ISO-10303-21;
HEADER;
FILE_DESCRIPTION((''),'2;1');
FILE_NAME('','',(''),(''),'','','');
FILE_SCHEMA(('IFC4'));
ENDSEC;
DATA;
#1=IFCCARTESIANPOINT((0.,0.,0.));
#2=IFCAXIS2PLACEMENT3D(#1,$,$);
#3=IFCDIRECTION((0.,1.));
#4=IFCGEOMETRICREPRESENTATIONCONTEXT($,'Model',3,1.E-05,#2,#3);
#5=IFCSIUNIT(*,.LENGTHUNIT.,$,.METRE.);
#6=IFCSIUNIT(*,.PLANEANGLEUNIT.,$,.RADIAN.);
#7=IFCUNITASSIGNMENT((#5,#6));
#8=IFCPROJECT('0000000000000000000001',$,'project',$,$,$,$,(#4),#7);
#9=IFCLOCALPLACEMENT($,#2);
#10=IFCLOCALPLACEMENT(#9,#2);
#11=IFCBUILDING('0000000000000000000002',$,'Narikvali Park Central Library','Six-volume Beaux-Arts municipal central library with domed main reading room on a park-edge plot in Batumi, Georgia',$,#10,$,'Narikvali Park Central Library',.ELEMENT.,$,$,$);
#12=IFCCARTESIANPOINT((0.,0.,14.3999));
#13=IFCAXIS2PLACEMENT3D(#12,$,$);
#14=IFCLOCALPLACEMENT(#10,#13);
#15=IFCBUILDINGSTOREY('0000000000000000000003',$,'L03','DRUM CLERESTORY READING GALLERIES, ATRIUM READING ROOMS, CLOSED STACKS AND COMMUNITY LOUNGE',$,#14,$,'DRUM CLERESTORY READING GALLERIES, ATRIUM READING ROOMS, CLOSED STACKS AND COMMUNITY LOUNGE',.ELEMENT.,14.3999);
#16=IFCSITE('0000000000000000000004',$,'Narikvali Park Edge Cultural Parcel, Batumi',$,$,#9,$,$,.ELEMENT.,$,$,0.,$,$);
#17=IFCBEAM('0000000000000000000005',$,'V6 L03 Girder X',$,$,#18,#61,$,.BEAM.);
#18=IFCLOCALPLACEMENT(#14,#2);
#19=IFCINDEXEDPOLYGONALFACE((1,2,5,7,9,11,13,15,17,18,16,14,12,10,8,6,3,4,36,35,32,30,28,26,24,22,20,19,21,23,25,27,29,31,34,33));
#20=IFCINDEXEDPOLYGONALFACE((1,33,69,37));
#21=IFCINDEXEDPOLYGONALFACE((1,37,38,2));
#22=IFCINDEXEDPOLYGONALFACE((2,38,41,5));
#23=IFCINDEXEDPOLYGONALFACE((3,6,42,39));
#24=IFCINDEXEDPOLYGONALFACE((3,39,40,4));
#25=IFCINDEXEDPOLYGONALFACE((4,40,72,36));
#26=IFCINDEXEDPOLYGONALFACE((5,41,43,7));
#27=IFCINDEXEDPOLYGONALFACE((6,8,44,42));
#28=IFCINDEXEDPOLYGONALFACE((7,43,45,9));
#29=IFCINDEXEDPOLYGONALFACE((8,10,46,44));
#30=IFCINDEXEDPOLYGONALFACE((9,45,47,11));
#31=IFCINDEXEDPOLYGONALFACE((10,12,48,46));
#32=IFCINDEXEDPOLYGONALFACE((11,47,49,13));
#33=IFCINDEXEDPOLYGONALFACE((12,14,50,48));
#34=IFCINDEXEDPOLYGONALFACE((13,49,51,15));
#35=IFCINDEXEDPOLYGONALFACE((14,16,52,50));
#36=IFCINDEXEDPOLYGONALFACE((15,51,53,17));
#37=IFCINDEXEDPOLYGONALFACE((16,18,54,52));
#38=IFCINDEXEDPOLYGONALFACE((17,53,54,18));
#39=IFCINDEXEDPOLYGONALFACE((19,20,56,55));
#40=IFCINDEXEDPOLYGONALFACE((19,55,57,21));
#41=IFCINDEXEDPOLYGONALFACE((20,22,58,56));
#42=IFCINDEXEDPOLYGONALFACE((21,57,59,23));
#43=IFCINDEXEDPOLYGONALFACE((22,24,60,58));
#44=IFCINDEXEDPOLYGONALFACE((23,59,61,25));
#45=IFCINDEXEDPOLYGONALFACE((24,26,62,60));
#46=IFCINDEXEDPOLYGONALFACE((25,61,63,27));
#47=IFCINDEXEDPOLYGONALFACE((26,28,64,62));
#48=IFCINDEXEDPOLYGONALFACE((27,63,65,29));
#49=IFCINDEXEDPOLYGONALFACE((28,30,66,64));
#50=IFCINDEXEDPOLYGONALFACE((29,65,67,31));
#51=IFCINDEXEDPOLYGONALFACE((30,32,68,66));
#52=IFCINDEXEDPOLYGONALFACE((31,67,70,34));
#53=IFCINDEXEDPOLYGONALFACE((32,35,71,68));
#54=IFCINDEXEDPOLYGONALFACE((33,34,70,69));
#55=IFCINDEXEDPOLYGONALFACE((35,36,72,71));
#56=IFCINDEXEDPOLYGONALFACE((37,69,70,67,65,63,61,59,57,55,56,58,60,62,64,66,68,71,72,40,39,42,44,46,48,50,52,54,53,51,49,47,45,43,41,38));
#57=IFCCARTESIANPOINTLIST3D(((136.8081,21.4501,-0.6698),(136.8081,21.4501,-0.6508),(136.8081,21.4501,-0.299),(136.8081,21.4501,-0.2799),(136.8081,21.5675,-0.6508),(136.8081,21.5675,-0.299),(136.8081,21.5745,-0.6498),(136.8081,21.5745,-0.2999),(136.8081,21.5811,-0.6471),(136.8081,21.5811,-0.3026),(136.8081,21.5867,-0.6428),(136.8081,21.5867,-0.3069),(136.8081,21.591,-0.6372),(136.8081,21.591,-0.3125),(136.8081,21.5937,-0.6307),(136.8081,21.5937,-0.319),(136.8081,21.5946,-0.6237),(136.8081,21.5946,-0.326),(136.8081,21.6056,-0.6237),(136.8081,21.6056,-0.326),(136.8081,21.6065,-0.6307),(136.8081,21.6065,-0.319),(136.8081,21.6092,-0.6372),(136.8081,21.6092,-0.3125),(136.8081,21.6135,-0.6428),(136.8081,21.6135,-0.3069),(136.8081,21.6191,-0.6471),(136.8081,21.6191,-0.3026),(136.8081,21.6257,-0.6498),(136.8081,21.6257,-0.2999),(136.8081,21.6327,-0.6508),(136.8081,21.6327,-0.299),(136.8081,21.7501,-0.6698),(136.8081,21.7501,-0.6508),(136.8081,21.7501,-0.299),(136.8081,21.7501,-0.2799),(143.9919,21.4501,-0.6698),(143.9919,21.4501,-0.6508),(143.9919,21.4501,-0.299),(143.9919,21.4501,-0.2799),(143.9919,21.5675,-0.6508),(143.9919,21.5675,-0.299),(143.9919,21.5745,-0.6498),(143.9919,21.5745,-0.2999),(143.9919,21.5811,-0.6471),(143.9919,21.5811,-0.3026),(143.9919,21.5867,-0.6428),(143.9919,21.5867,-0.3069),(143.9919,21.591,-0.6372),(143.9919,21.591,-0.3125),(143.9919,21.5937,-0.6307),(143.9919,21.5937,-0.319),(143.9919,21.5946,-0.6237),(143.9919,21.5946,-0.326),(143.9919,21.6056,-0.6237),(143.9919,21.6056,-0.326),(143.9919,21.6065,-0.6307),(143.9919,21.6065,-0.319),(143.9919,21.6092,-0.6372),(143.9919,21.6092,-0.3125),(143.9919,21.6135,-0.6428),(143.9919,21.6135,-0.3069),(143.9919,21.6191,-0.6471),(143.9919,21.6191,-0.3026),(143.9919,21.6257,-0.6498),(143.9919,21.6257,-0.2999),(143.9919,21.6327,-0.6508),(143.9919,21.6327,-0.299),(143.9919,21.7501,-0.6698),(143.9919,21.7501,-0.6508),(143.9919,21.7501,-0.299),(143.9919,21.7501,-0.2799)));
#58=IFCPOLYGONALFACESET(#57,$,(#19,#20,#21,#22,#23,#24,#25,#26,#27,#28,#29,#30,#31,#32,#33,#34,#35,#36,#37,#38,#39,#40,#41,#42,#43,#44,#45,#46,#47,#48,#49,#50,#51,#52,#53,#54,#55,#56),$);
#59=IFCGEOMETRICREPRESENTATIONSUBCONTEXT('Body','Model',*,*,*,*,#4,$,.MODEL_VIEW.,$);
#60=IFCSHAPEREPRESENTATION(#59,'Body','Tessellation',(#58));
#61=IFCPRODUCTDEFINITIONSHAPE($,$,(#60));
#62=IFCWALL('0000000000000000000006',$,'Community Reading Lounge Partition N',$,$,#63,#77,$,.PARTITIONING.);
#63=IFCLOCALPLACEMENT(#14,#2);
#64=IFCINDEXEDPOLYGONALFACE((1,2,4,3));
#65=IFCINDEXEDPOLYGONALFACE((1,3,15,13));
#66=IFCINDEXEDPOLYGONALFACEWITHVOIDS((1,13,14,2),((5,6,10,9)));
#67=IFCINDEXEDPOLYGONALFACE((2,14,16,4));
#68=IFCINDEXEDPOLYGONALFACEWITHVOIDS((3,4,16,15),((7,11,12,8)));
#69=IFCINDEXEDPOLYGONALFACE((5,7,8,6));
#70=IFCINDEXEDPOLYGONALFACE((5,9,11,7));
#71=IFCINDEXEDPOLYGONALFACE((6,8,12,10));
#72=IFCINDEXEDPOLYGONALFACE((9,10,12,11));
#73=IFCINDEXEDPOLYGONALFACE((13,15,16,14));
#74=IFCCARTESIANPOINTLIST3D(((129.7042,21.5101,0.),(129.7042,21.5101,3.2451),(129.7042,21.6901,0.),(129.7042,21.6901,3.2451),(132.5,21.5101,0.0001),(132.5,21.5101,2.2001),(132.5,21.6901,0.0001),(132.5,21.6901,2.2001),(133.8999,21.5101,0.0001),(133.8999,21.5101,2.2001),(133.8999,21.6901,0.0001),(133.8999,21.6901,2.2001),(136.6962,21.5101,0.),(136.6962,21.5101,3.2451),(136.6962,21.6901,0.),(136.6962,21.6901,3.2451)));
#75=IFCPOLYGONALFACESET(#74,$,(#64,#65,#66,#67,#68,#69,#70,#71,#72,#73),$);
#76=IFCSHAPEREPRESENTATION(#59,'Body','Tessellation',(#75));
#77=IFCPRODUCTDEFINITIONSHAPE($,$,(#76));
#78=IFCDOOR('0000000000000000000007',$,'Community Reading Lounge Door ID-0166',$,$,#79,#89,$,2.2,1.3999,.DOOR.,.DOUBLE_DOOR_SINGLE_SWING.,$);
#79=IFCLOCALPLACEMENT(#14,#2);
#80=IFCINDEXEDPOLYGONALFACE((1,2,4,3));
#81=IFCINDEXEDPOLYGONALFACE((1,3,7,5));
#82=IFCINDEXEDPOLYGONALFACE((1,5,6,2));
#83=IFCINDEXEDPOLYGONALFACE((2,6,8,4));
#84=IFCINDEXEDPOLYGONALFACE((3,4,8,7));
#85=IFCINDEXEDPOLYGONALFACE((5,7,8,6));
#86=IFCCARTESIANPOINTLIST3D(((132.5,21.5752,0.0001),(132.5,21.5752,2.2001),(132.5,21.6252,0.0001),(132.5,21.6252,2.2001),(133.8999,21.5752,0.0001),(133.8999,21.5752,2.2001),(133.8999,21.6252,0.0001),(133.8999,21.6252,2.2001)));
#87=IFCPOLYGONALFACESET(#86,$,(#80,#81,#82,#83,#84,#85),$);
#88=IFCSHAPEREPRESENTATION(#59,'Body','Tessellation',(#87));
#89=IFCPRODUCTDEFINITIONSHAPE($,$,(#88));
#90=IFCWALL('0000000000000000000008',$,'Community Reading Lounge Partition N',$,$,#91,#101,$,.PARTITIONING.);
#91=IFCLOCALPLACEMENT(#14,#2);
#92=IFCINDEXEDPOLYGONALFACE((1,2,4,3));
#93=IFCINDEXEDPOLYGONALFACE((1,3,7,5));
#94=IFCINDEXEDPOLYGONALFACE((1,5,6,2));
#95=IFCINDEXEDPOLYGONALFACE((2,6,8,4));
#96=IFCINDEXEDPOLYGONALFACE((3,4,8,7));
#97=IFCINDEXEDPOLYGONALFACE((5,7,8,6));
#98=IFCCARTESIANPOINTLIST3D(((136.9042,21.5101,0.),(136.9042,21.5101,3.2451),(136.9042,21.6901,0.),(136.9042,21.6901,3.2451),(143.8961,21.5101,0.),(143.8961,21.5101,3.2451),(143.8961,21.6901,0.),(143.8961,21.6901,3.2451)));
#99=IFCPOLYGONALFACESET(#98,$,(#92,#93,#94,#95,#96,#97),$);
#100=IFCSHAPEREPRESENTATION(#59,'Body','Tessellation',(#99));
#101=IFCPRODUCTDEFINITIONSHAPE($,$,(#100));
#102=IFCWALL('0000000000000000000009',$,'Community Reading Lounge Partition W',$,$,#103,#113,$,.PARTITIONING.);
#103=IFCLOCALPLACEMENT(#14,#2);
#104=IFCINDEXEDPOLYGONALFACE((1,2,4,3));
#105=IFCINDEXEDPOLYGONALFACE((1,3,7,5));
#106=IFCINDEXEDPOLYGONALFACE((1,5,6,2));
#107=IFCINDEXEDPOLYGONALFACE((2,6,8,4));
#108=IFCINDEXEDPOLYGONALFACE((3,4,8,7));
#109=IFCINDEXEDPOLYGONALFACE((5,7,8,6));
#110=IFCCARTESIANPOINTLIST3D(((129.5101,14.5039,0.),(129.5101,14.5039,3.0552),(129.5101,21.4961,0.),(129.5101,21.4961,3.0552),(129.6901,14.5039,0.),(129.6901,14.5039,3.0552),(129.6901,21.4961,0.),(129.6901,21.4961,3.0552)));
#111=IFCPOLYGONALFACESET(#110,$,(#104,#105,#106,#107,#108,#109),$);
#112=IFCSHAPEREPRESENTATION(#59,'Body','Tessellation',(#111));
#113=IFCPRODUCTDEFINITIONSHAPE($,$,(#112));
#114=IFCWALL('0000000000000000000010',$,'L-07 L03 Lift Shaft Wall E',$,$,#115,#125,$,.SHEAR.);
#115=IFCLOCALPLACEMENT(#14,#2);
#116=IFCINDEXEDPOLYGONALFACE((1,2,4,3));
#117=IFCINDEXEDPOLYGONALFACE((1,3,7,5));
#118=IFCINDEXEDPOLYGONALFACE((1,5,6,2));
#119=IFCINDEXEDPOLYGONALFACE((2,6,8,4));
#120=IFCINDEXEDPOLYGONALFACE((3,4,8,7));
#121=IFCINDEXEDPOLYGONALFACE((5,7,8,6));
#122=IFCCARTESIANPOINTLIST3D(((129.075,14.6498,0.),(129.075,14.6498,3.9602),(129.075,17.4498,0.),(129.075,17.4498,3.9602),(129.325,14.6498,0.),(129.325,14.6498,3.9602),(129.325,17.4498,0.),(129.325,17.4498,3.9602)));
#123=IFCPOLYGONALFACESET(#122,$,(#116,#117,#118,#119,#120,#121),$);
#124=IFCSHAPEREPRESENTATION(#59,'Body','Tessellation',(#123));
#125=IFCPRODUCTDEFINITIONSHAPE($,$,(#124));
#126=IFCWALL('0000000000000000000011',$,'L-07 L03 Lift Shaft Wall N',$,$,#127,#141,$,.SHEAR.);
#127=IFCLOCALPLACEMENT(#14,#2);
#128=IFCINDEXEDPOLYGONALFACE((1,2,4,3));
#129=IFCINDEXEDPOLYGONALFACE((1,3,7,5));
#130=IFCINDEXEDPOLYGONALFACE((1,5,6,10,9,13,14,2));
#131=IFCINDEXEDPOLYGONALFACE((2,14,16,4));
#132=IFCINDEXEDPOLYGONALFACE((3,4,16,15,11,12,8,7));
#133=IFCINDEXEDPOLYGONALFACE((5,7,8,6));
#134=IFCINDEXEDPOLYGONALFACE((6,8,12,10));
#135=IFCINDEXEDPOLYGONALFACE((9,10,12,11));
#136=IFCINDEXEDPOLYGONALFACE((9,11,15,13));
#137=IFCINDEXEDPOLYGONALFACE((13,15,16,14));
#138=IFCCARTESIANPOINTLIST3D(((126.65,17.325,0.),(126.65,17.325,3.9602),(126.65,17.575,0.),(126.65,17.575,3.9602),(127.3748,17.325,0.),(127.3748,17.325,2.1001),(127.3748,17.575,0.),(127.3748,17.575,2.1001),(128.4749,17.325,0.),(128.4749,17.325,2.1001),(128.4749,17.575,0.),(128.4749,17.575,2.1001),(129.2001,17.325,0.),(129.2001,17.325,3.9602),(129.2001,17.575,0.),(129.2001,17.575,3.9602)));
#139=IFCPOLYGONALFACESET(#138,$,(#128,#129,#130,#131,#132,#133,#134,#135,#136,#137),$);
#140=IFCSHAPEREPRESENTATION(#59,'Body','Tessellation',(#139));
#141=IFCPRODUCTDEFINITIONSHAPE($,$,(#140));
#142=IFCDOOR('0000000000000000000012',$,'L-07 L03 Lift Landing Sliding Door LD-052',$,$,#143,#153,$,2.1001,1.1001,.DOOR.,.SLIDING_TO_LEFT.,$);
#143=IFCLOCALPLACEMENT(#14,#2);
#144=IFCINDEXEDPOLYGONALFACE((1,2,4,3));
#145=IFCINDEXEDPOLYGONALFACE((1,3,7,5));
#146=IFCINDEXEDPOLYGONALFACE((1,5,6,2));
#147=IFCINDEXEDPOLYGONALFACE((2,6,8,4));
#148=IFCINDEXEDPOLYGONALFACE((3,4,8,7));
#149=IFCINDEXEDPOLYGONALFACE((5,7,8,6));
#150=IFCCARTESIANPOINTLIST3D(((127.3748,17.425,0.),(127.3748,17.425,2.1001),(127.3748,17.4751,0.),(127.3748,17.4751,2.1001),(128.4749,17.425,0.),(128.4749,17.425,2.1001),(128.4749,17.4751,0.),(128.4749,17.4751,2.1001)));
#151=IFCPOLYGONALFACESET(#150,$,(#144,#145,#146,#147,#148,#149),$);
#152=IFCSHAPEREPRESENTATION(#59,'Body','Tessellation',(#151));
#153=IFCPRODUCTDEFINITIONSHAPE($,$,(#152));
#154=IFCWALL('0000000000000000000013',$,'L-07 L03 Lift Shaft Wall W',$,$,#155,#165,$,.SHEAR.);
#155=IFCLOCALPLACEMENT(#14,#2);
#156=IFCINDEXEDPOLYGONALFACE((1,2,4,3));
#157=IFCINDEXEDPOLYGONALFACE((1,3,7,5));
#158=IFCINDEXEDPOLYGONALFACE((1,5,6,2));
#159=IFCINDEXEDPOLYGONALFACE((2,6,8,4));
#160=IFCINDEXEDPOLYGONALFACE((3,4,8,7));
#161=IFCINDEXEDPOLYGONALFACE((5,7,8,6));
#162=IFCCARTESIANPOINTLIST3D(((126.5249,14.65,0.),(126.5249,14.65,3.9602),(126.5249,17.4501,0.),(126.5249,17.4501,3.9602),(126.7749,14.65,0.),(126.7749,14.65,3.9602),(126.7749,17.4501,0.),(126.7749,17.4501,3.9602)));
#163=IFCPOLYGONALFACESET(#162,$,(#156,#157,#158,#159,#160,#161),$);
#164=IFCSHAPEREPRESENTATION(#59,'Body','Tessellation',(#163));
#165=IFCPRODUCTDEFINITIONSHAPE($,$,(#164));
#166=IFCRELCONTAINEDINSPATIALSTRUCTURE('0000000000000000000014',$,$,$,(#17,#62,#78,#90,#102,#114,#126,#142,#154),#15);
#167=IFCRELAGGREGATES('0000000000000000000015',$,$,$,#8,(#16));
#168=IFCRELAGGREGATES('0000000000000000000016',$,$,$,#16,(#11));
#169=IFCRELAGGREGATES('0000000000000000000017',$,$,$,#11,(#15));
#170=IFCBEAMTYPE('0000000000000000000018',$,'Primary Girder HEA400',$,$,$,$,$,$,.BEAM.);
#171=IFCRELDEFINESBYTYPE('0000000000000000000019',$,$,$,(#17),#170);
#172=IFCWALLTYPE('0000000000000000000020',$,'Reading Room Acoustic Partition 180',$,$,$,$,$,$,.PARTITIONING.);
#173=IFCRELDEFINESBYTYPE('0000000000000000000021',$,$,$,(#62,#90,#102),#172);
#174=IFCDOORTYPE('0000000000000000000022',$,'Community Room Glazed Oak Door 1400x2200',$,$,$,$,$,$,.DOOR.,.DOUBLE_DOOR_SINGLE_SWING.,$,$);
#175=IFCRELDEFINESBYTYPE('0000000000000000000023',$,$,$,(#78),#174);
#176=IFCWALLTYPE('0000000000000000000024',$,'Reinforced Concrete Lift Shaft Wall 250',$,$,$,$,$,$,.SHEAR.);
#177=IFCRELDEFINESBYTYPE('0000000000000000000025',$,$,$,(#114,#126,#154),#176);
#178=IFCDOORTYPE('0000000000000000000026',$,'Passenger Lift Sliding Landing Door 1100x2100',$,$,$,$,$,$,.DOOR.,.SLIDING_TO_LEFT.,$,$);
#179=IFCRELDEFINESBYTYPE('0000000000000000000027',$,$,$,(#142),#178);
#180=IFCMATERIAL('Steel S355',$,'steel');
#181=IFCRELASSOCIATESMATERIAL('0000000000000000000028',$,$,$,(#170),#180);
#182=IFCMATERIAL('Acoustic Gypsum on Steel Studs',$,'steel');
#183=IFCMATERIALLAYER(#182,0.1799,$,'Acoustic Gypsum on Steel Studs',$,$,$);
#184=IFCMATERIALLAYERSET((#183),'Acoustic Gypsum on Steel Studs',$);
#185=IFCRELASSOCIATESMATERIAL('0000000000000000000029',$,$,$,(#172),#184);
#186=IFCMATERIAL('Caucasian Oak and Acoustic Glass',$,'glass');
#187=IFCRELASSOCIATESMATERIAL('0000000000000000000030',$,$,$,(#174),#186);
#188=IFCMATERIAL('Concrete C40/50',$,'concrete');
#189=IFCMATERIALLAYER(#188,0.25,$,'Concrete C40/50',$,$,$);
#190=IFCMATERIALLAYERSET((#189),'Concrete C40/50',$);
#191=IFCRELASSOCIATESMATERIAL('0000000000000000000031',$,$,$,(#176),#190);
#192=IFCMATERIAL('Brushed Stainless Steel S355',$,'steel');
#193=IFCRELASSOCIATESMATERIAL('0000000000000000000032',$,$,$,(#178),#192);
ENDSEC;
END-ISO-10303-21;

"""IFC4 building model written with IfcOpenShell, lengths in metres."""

from ifc_helpers import new_model, si_unit, direction, frame, frame_2d, origin, origin_2d, place, context, subcontext, project, spatial, rectangle, i_section, extrude, material, layer, layer_set, material_profile, profile_set, type_object, element, fill, save


model = new_model("IFC4")

# Units and contexts
model_context = context("Model", 3, precision=1e-05, world=origin(), true_north=direction((0.0, 1.0)))
body_context = subcontext(model_context, "Body", "Model", "MODEL_VIEW")
ifc_project = project(units=[si_unit("LENGTHUNIT", "METRE"), si_unit("PLANEANGLEUNIT", "RADIAN")], contexts=[model_context])

# Site, building, storey
site_placement = place(None, origin())
site = spatial("IfcSite", under=ifc_project, at=site_placement, Name="Narikvali Park Edge Cultural Parcel, Batumi", CompositionType="ELEMENT", RefElevation=0.0)
building_placement = place(site_placement, origin())
building = spatial("IfcBuilding", under=site, at=building_placement, Name="Narikvali Park Central Library", Description="Six-volume Beaux-Arts municipal central library with domed main reading room on a park-edge plot in Batumi, Georgia", LongName="Narikvali Park Central Library", CompositionType="ELEMENT")
storey_placement = place(building_placement, frame((0.0, 0.0, 14.3999)))
storey = spatial("IfcBuildingStorey", under=building, at=storey_placement, Name="L03", Description="DRUM CLERESTORY READING GALLERIES, ATRIUM READING ROOMS, CLOSED STACKS AND COMMUNITY LOUNGE", LongName="DRUM CLERESTORY READING GALLERIES, ATRIUM READING ROOMS, CLOSED STACKS AND COMMUNITY LOUNGE", CompositionType="ELEMENT", Elevation=14.3999)

# Shared definitions
ifc_material_1 = material(Name="Steel S355", Category="steel")

# Beam
ifc_material_profile_1 = material_profile(ifc_material_1, i_section(OverallWidth=0.3, OverallDepth=0.3899, WebThickness=0.011, FlangeThickness=0.019, FilletRadius=0.0271, at=origin_2d()), Name="HEA 400")
ifc_profile_set_1 = profile_set([ifc_material_profile_1], Name="Steel S355")
beam_type_1 = type_object("IfcBeamType", Name="Primary Girder HEA400", PredefinedType="BEAM", material=ifc_profile_set_1)
beam_1_placement = place(storey_placement, frame((136.8081, 21.6001, -0.4749), z_axis=(1.0, 0.0, 0.0), x_axis=(0.0, 1.0, 0.0)))
element("IfcBeam", 1, at=beam_1_placement, inside=storey, type_object=beam_type_1, Name="V6 L03 Girder X", PredefinedType="BEAM", context=body_context, shape_type="SweptSolid", body=[
    extrude(i_section(OverallWidth=0.3, OverallDepth=0.3899, WebThickness=0.011, FlangeThickness=0.019, FilletRadius=0.0271, at=origin_2d()), origin(), (0.0, 0.0, 1.0), 7.1838),
])

# Wall, opening, door
ifc_material_2 = material(Name="Acoustic Gypsum on Steel Studs", Category="steel")
ifc_layer_1 = layer(ifc_material_2, 0.1799, Name="Acoustic Gypsum on Steel Studs")
ifc_layer_set_1 = layer_set([ifc_layer_1], Name="Acoustic Gypsum on Steel Studs")
wall_type_1 = type_object("IfcWallType", Name="Reading Room Acoustic Partition 180", PredefinedType="PARTITIONING", material=ifc_layer_set_1)
wall_1_placement = place(storey_placement, frame((129.7041, 21.6001, 0.0), z_axis=(0.0, 0.0, 1.0), x_axis=(1.0, 0.0, 0.0)))
wall_1 = element("IfcWall", 2, at=wall_1_placement, inside=storey, type_object=wall_type_1, Name="Community Reading Lounge Partition N", PredefinedType="PARTITIONING", context=body_context, shape_type="SweptSolid", body=[
    extrude(rectangle(XDim=6.9919, YDim=0.1799, at=frame_2d((3.4961, 0.0))), origin(), (0.0, 0.0, 1.0), 3.2451),
])
opening_1_placement = place(wall_1_placement, frame((2.7959, 0.0, 0.0)))
opening_1 = element("IfcOpeningElement", 3, at=opening_1_placement, cuts=wall_1, PredefinedType="OPENING", context=body_context, shape_type="SweptSolid", body=[
    extrude(rectangle(XDim=1.3999, YDim=2.2, at=frame_2d((0.7, 1.1001))), frame((0.0, 0.1021, 0.0), z_axis=(0.0, -1.0, 0.0), x_axis=(1.0, 0.0, 0.0)), (0.0, 0.0, 1.0), 0.2039),
])
ifc_material_3 = material(Name="Caucasian Oak and Acoustic Glass", Category="glass")
door_type_1 = type_object("IfcDoorType", Name="Community Room Glazed Oak Door 1400x2200", OperationType="DOUBLE_DOOR_SINGLE_SWING", PredefinedType="DOOR", material=ifc_material_3)
door_1_placement = place(opening_1_placement, frame((1.3999, 0.0, 0.0), z_axis=(0.0, 0.0, 1.0), x_axis=(-1.0, 0.0, 0.0)))
door_1 = element("IfcDoor", 4, at=door_1_placement, inside=storey, type_object=door_type_1, Name="Community Reading Lounge Door ID-0166", OperationType="DOUBLE_DOOR_SINGLE_SWING", OverallHeight=2.2, OverallWidth=1.3999, PredefinedType="DOOR", context=body_context, shape_type="SweptSolid", body=[
    extrude(rectangle(XDim=1.3999, YDim=2.2, at=frame_2d((0.7, 1.1001))), frame((0.0, 0.0249, 0.0), z_axis=(0.0, -1.0, 0.0), x_axis=(1.0, 0.0, 0.0)), (0.0, 0.0, 1.0), 0.05),
])
fill(opening_1, door_1)

# Walls
wall_2_placement = place(storey_placement, frame((136.9041, 21.6001, 0.0), z_axis=(0.0, 0.0, 1.0), x_axis=(1.0, 0.0, 0.0)))
element("IfcWall", 5, at=wall_2_placement, inside=storey, type_object=wall_type_1, Name="Community Reading Lounge Partition N", PredefinedType="PARTITIONING", context=body_context, shape_type="SweptSolid", body=[
    extrude(rectangle(XDim=6.9919, YDim=0.1799, at=frame_2d((3.4961, 0.0))), origin(), (0.0, 0.0, 1.0), 3.2451),
])
wall_3_placement = place(storey_placement, frame((129.6001, 14.5039, 0.0), z_axis=(0.0, 0.0, 1.0), x_axis=(0.0, 1.0, 0.0)))
element("IfcWall", 6, at=wall_3_placement, inside=storey, type_object=wall_type_1, Name="Community Reading Lounge Partition W", PredefinedType="PARTITIONING", context=body_context, shape_type="SweptSolid", body=[
    extrude(rectangle(XDim=6.9922, YDim=0.1799, at=frame_2d((3.4961, 0.0))), origin(), (0.0, 0.0, 1.0), 3.0552),
])
ifc_material_4 = material(Name="Concrete C40/50", Category="concrete")
ifc_layer_2 = layer(ifc_material_4, 0.25, Name="Concrete C40/50")
ifc_layer_set_2 = layer_set([ifc_layer_2], Name="Concrete C40/50")
wall_type_2 = type_object("IfcWallType", Name="Reinforced Concrete Lift Shaft Wall 250", PredefinedType="SHEAR", material=ifc_layer_set_2)
wall_4_placement = place(storey_placement, frame((129.2, 14.6499, 0.0), z_axis=(0.0, 0.0, 1.0), x_axis=(0.0, 1.0, 0.0)))
element("IfcWall", 7, at=wall_4_placement, inside=storey, type_object=wall_type_2, Name="L-07 L03 Lift Shaft Wall E", PredefinedType="SHEAR", context=body_context, shape_type="SweptSolid", body=[
    extrude(rectangle(XDim=2.8, YDim=0.25, at=frame_2d((1.3999, 0.0))), origin(), (0.0, 0.0, 1.0), 3.9602),
])

# Wall, opening, door
wall_5_placement = place(storey_placement, frame((129.2, 17.45, 0.0), z_axis=(0.0, 0.0, 1.0), x_axis=(-1.0, 0.0, 0.0)))
wall_5 = element("IfcWall", 8, at=wall_5_placement, inside=storey, type_object=wall_type_2, Name="L-07 L03 Lift Shaft Wall N", PredefinedType="SHEAR", context=body_context, shape_type="SweptSolid", body=[
    extrude(rectangle(XDim=2.55, YDim=0.25, at=frame_2d((1.2749, 0.0))), origin(), (0.0, 0.0, 1.0), 3.9602),
])
opening_2_placement = place(wall_5_placement, frame((0.7251, 0.0, 0.0)))
opening_2 = element("IfcOpeningElement", 9, at=opening_2_placement, cuts=wall_5, PredefinedType="OPENING", context=body_context, shape_type="SweptSolid", body=[
    extrude(rectangle(XDim=1.1001, YDim=2.1001, at=frame_2d((0.55, 1.05))), frame((0.0, 0.137, 0.0), z_axis=(0.0, -1.0, 0.0), x_axis=(1.0, 0.0, 0.0)), (0.0, 0.0, 1.0), 0.2739),
])
ifc_material_5 = material(Name="Brushed Stainless Steel S355", Category="steel")
door_type_2 = type_object("IfcDoorType", Name="Passenger Lift Sliding Landing Door 1100x2100", OperationType="SLIDING_TO_LEFT", PredefinedType="DOOR", material=ifc_material_5)
door_2_placement = place(opening_2_placement, origin())
door_2 = element("IfcDoor", 10, at=door_2_placement, inside=storey, type_object=door_type_2, Name="L-07 L03 Lift Landing Sliding Door LD-052", OperationType="SLIDING_TO_LEFT", OverallHeight=2.1001, OverallWidth=1.1001, PredefinedType="DOOR", context=body_context, shape_type="SweptSolid", body=[
    extrude(rectangle(XDim=1.1001, YDim=2.1001, at=frame_2d((0.55, 1.05))), frame((0.0, 0.0249, 0.0), z_axis=(0.0, -1.0, 0.0), x_axis=(1.0, 0.0, 0.0)), (0.0, 0.0, 1.0), 0.05),
])
fill(opening_2, door_2)

# Wall
wall_6_placement = place(storey_placement, frame((126.6499, 17.45, 0.0), z_axis=(0.0, 0.0, 1.0), x_axis=(0.0, -1.0, 0.0)))
element("IfcWall", 11, at=wall_6_placement, inside=storey, type_object=wall_type_2, Name="L-07 L03 Lift Shaft Wall W", PredefinedType="SHEAR", context=body_context, shape_type="SweptSolid", body=[
    extrude(rectangle(XDim=2.8, YDim=0.25, at=frame_2d((1.3999, 0.0))), origin(), (0.0, 0.0, 1.0), 3.9602),
])

save(model, "model.ifc")
